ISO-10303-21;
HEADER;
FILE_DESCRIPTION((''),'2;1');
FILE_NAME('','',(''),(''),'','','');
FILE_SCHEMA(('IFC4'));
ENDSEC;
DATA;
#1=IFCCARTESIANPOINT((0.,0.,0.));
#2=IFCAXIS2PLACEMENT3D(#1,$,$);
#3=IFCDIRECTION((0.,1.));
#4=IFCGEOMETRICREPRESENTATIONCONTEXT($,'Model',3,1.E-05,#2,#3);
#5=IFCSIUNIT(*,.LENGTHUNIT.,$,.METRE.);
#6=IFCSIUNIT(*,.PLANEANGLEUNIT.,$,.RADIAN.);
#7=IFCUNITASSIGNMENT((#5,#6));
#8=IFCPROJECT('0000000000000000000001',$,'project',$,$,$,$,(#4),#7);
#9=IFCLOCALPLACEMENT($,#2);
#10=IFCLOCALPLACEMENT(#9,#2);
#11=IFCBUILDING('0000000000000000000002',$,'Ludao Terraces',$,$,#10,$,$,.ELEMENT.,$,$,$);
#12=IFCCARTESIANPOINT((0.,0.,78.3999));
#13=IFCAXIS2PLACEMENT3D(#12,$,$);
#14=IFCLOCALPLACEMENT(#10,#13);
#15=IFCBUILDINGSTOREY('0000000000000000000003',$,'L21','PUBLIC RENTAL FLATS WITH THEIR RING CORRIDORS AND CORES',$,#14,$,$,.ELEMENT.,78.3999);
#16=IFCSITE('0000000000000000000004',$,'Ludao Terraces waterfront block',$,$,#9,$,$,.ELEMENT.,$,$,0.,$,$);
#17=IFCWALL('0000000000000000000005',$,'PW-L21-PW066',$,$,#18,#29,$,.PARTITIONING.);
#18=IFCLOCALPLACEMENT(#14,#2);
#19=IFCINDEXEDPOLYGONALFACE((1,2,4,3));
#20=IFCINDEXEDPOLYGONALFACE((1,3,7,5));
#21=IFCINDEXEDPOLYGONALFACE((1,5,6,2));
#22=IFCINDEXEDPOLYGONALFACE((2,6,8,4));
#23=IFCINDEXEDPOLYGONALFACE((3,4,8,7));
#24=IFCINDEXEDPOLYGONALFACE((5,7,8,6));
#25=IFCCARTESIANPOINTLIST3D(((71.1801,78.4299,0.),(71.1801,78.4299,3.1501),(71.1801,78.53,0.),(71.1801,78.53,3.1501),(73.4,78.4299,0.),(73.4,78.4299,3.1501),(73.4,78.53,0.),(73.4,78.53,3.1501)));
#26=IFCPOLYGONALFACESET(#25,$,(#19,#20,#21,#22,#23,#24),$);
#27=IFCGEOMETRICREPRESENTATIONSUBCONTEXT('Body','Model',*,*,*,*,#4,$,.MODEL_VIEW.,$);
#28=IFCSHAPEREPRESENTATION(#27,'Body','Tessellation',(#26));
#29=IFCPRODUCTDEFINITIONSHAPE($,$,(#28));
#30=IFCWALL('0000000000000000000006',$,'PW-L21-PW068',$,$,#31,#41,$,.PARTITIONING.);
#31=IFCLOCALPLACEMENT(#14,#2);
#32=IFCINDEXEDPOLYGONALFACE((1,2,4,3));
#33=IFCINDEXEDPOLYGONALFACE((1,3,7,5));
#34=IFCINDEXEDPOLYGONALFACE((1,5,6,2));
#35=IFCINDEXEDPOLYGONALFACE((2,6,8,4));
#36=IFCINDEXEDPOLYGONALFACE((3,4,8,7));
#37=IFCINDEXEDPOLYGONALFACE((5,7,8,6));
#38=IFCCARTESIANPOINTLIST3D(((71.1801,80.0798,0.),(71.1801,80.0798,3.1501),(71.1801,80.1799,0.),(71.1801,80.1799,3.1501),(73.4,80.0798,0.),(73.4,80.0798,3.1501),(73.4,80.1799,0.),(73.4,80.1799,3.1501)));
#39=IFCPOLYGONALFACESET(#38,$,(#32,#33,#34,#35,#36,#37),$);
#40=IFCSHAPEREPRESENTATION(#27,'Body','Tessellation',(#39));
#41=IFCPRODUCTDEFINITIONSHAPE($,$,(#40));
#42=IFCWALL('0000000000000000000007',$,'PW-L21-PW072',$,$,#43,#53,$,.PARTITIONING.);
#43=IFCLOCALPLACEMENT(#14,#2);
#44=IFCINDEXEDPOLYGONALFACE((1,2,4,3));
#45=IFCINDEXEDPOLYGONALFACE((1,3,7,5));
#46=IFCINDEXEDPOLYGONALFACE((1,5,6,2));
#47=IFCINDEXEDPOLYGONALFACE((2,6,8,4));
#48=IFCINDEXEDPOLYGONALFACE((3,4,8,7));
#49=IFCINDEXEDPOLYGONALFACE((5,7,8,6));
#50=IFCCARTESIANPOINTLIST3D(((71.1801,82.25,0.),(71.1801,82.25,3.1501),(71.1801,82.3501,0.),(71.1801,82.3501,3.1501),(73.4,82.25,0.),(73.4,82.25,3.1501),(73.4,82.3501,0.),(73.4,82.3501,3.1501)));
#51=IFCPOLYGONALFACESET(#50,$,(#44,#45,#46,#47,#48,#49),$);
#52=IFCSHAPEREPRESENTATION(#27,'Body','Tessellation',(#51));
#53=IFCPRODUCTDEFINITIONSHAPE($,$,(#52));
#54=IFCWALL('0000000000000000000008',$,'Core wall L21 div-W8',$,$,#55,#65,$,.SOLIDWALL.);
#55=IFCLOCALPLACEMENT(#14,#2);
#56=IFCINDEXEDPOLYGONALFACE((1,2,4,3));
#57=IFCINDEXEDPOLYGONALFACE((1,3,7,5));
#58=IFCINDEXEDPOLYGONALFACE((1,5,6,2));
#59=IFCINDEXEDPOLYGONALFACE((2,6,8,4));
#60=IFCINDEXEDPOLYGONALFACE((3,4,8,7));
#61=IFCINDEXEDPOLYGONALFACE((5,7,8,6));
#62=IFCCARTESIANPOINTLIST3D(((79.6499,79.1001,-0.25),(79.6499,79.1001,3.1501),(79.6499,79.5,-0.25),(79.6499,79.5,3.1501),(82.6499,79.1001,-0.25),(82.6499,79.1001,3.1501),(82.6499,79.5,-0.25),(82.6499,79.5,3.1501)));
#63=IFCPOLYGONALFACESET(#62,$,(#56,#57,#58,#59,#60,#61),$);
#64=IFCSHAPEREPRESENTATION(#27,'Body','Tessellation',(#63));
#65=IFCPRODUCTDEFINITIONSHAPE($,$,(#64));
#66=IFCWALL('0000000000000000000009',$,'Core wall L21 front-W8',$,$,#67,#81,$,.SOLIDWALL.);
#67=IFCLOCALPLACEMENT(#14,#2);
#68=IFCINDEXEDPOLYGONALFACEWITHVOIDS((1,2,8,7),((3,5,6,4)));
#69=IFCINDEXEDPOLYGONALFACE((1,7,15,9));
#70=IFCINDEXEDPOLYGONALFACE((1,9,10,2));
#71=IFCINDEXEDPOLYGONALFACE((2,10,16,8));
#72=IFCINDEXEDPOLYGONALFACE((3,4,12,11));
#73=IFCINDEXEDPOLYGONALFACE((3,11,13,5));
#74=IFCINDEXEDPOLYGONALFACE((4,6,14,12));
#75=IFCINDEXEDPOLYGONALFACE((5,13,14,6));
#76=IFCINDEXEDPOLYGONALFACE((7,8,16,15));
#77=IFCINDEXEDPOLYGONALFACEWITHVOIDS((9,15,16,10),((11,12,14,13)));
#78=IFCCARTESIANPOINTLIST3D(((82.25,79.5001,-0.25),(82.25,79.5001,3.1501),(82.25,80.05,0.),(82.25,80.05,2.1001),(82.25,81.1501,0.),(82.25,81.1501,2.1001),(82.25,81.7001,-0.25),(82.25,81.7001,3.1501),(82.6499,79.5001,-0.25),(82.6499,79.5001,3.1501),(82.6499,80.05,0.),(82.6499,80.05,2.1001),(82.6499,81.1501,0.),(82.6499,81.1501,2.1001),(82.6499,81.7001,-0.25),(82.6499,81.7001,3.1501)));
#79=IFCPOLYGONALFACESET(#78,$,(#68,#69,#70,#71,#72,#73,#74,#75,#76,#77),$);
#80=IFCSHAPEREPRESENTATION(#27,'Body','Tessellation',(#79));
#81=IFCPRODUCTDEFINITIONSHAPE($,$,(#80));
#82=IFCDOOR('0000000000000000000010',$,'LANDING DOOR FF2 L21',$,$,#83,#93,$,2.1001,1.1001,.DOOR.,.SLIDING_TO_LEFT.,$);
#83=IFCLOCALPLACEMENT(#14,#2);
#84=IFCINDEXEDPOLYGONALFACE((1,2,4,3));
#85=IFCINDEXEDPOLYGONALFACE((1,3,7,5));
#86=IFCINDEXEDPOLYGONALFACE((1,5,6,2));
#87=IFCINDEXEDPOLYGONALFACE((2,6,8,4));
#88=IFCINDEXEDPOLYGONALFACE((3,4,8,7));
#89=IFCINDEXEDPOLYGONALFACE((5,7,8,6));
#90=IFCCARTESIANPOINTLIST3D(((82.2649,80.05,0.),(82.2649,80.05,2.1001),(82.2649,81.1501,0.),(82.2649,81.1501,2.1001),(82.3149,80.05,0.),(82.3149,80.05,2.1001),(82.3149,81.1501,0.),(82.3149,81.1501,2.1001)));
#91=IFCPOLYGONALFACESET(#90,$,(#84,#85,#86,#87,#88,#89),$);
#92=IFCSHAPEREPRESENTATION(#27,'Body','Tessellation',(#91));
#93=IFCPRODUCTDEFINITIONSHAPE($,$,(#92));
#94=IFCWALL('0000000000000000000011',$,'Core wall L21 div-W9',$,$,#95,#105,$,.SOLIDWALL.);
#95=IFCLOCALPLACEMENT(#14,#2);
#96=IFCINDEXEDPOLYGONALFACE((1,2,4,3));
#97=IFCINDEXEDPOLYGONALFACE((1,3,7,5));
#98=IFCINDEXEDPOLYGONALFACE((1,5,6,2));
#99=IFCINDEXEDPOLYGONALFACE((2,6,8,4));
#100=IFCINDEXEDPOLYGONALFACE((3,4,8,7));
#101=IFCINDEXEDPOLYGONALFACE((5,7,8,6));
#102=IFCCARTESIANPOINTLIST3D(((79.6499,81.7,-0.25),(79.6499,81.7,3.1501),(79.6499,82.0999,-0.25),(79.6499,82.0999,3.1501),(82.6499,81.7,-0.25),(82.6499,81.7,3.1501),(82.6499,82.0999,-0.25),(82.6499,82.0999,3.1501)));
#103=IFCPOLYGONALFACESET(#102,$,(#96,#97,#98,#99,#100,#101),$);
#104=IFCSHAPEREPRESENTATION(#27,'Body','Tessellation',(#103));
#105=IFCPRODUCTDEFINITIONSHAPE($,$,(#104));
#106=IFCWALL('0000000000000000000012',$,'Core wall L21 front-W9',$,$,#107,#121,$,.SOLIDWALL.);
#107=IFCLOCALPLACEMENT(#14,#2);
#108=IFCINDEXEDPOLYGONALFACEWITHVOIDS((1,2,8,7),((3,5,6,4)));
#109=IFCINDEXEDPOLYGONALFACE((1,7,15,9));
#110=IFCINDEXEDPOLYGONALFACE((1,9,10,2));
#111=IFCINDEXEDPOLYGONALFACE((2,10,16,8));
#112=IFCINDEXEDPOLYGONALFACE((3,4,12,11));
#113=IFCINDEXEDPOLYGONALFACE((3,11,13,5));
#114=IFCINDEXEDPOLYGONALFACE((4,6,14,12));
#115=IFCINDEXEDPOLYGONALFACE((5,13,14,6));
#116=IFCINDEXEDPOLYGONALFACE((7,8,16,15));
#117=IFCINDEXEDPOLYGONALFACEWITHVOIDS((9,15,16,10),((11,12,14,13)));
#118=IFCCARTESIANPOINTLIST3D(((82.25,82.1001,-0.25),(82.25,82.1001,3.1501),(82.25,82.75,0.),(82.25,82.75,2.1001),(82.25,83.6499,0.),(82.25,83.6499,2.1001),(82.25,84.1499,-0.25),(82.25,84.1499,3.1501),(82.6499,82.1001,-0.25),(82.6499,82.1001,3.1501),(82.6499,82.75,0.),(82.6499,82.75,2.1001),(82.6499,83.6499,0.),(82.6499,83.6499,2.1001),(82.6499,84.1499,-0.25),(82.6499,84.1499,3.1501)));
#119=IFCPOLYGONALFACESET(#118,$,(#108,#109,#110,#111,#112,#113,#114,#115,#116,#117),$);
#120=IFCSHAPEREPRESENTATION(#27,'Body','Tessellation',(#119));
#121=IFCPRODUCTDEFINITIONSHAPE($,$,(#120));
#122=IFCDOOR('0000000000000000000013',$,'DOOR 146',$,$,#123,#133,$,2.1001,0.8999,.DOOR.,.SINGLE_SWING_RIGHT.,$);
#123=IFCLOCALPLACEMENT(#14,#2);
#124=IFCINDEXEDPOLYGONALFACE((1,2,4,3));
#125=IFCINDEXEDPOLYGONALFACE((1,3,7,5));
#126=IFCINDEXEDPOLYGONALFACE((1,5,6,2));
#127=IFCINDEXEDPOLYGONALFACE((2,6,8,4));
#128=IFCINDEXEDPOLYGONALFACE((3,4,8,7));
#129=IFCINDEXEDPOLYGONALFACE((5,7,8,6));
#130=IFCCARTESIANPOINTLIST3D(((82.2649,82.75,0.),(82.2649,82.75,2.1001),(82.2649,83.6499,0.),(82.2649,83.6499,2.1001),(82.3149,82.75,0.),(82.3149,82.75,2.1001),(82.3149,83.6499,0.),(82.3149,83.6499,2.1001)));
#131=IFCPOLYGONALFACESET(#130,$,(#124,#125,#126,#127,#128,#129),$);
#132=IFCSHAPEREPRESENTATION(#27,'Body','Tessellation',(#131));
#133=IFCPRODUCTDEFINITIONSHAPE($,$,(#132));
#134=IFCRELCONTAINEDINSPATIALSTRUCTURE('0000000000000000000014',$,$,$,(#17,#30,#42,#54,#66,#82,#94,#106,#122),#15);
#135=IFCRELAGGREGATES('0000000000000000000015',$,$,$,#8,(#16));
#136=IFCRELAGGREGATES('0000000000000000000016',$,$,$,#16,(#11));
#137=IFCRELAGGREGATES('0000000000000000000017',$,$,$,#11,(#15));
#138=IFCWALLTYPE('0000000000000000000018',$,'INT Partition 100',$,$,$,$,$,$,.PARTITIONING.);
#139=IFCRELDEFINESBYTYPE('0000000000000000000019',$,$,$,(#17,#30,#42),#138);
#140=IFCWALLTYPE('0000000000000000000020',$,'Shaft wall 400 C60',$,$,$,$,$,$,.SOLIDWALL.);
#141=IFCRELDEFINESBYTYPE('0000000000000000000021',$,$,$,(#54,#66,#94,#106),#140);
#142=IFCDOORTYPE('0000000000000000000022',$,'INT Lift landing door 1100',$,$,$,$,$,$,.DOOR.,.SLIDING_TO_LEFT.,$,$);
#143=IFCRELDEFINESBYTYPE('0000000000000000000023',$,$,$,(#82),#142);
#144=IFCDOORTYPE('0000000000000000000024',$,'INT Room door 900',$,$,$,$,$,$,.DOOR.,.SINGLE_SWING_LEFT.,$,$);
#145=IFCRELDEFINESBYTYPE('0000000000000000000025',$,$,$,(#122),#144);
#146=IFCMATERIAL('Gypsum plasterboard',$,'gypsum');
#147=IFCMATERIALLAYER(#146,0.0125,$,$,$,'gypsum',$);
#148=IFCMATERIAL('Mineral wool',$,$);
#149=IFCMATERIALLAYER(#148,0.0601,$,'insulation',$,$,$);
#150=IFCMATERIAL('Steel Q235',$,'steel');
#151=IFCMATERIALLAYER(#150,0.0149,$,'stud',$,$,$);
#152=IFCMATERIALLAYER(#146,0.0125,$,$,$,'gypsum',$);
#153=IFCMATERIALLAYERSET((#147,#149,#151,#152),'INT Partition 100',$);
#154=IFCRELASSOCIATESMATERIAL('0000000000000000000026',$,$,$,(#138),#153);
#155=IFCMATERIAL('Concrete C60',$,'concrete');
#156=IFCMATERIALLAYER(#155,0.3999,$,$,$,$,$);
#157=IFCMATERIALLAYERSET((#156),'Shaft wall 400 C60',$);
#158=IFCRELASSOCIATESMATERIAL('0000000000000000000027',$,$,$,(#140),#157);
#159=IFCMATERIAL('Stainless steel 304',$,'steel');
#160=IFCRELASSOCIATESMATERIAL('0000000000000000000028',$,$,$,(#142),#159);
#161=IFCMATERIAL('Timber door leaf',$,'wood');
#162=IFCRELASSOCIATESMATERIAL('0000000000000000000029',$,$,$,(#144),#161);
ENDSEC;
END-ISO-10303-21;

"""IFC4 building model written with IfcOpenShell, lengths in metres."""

from ifc_helpers import new_model, si_unit, direction, frame, frame_2d, origin, place, context, subcontext, project, spatial, rectangle, extrude, material, layer, layer_set, type_object, element, fill, save


model = new_model("IFC4")

# Units and contexts
model_context = context("Model", 3, precision=1e-05, world=origin(), true_north=direction((0.0, 1.0)))
body_context = subcontext(model_context, "Body", "Model", "MODEL_VIEW")
ifc_project = project(units=[si_unit("LENGTHUNIT", "METRE"), si_unit("PLANEANGLEUNIT", "RADIAN")], contexts=[model_context])

# Site, building, storey
site_placement = place(None, origin())
site = spatial("IfcSite", under=ifc_project, at=site_placement, Name="Ludao Terraces waterfront block", CompositionType="ELEMENT", RefElevation=0.0)
building_placement = place(site_placement, origin())
building = spatial("IfcBuilding", under=site, at=building_placement, Name="Ludao Terraces", CompositionType="ELEMENT")
storey_placement = place(building_placement, frame((0.0, 0.0, 78.3999)))
storey = spatial("IfcBuildingStorey", under=building, at=storey_placement, Name="L21", Description="PUBLIC RENTAL FLATS WITH THEIR RING CORRIDORS AND CORES", CompositionType="ELEMENT", Elevation=78.3999)

# Walls
ifc_material_1 = material(Name="Gypsum plasterboard", Category="gypsum")
ifc_layer_1 = layer(ifc_material_1, 0.0125, Category="gypsum")
ifc_material_2 = material(Name="Mineral wool")
ifc_layer_2 = layer(ifc_material_2, 0.0601, Name="insulation")
ifc_material_3 = material(Name="Steel Q235", Category="steel")
ifc_layer_3 = layer(ifc_material_3, 0.0149, Name="stud")
ifc_layer_4 = layer(ifc_material_1, 0.0125, Category="gypsum")
ifc_layer_set_1 = layer_set([ifc_layer_1, ifc_layer_2, ifc_layer_3, ifc_layer_4], Name="INT Partition 100")
wall_type_1 = type_object("IfcWallType", Name="INT Partition 100", PredefinedType="PARTITIONING", material=ifc_layer_set_1)
for number, where, z_axis, x_axis, name in (
    (1, (71.1802, 78.48, 0.0), (0.0, 0.0, 1.0), (1.0, 0.0, 0.0), "PW-L21-PW066"),
    (2, (71.1802, 80.1299, 0.0), (0.0, 0.0, 1.0), (1.0, 0.0, 0.0), "PW-L21-PW068"),
    (3, (71.1802, 82.3, 0.0), (0.0, 0.0, 1.0), (1.0, 0.0, 0.0), "PW-L21-PW072"),
):
    element("IfcWall", number, at=place(storey_placement, frame(where, z_axis=z_axis, x_axis=x_axis)), inside=storey, type_object=wall_type_1, Name=name, PredefinedType="PARTITIONING", context=body_context, shape_type="SweptSolid", body=[
        extrude(rectangle(XDim=2.22, YDim=0.1001, at=frame_2d((1.1099, 0.0))), origin(), (0.0, 0.0, 1.0), 3.1501),
    ])
ifc_material_4 = material(Name="Concrete C60", Category="concrete")
ifc_layer_5 = layer(ifc_material_4, 0.3999)
ifc_layer_set_2 = layer_set([ifc_layer_5], Name="Shaft wall 400 C60")
wall_type_2 = type_object("IfcWallType", Name="Shaft wall 400 C60", PredefinedType="SOLIDWALL", material=ifc_layer_set_2)
wall_1_placement = place(storey_placement, frame((79.6499, 79.3, -0.25), z_axis=(0.0, 0.0, 1.0), x_axis=(1.0, 0.0, 0.0)))
element("IfcWall", 4, at=wall_1_placement, inside=storey, type_object=wall_type_2, Name="Core wall L21 div-W8", PredefinedType="SOLIDWALL", context=body_context, shape_type="SweptSolid", body=[
    extrude(rectangle(XDim=3.0, YDim=0.3999, at=frame_2d((1.5, 0.0))), origin(), (0.0, 0.0, 1.0), 3.4001),
])

# Wall, opening, door
wall_2_placement = place(storey_placement, frame((82.45, 79.5, -0.25), z_axis=(0.0, 0.0, 1.0), x_axis=(0.0, 1.0, 0.0)))
wall_2 = element("IfcWall", 5, at=wall_2_placement, inside=storey, type_object=wall_type_2, Name="Core wall L21 front-W8", PredefinedType="SOLIDWALL", context=body_context, shape_type="SweptSolid", body=[
    extrude(rectangle(XDim=2.2, YDim=0.3999, at=frame_2d((1.1001, 0.0))), origin(), (0.0, 0.0, 1.0), 3.4001),
])
opening_1_placement = place(wall_2_placement, frame((0.55, 0.0, 0.25)))
opening_1 = element("IfcOpeningElement", 6, at=opening_1_placement, cuts=wall_2, PredefinedType="OPENING", context=body_context, shape_type="SweptSolid", body=[
    extrude(rectangle(XDim=1.1001, YDim=2.1001, at=frame_2d((0.55, 1.05))), frame((0.0, 0.21, 0.0), z_axis=(0.0, -1.0, 0.0), x_axis=(1.0, 0.0, 0.0)), (0.0, 0.0, 1.0), 0.4199),
])
ifc_material_5 = material(Name="Stainless steel 304", Category="steel")
door_type_1 = type_object("IfcDoorType", Name="INT Lift landing door 1100", OperationType="SLIDING_TO_LEFT", PredefinedType="DOOR", material=ifc_material_5)
door_1_placement = place(opening_1_placement, origin())
door_1 = element("IfcDoor", 7, at=door_1_placement, inside=storey, type_object=door_type_1, Name="LANDING DOOR FF2 L21", OperationType="SLIDING_TO_LEFT", OverallHeight=2.1001, OverallWidth=1.1001, PredefinedType="DOOR", context=body_context, shape_type="SweptSolid", body=[
    extrude(rectangle(XDim=1.1001, YDim=2.1001, at=frame_2d((0.55, 1.05))), frame((0.0, 0.1851, 0.0), z_axis=(0.0, -1.0, 0.0), x_axis=(1.0, 0.0, 0.0)), (0.0, 0.0, 1.0), 0.05),
])
fill(opening_1, door_1)

# Wall
wall_3_placement = place(storey_placement, frame((79.6499, 81.8999, -0.25), z_axis=(0.0, 0.0, 1.0), x_axis=(1.0, 0.0, 0.0)))
element("IfcWall", 8, at=wall_3_placement, inside=storey, type_object=wall_type_2, Name="Core wall L21 div-W9", PredefinedType="SOLIDWALL", context=body_context, shape_type="SweptSolid", body=[
    extrude(rectangle(XDim=3.0, YDim=0.3999, at=frame_2d((1.5, 0.0))), origin(), (0.0, 0.0, 1.0), 3.4001),
])

# Wall, opening, door
wall_4_placement = place(storey_placement, frame((82.45, 82.1001, -0.25), z_axis=(0.0, 0.0, 1.0), x_axis=(0.0, 1.0, 0.0)))
wall_4 = element("IfcWall", 9, at=wall_4_placement, inside=storey, type_object=wall_type_2, Name="Core wall L21 front-W9", PredefinedType="SOLIDWALL", context=body_context, shape_type="SweptSolid", body=[
    extrude(rectangle(XDim=2.0498, YDim=0.3999, at=frame_2d((1.0249, 0.0))), origin(), (0.0, 0.0, 1.0), 3.4001),
])
opening_2_placement = place(wall_4_placement, frame((0.6499, 0.0, 0.25)))
opening_2 = element("IfcOpeningElement", 10, at=opening_2_placement, cuts=wall_4, PredefinedType="OPENING", context=body_context, shape_type="SweptSolid", body=[
    extrude(rectangle(XDim=0.8999, YDim=2.1001, at=frame_2d((0.45, 1.05))), frame((0.0, 0.21, 0.0), z_axis=(0.0, -1.0, 0.0), x_axis=(1.0, 0.0, 0.0)), (0.0, 0.0, 1.0), 0.4199),
])
ifc_material_6 = material(Name="Timber door leaf", Category="wood")
door_type_2 = type_object("IfcDoorType", Name="INT Room door 900", OperationType="SINGLE_SWING_LEFT", PredefinedType="DOOR", material=ifc_material_6)
door_2_placement = place(opening_2_placement, origin())
door_2 = element("IfcDoor", 11, at=door_2_placement, inside=storey, type_object=door_type_2, Name="DOOR 146", OperationType="SINGLE_SWING_RIGHT", OverallHeight=2.1001, OverallWidth=0.8999, PredefinedType="DOOR", context=body_context, shape_type="SweptSolid", body=[
    extrude(rectangle(XDim=0.8999, YDim=2.1001, at=frame_2d((0.45, 1.05))), frame((0.0, 0.1851, 0.0), z_axis=(0.0, -1.0, 0.0), x_axis=(1.0, 0.0, 0.0)), (0.0, 0.0, 1.0), 0.05),
])
fill(opening_2, door_2)

save(model, "model.ifc")
